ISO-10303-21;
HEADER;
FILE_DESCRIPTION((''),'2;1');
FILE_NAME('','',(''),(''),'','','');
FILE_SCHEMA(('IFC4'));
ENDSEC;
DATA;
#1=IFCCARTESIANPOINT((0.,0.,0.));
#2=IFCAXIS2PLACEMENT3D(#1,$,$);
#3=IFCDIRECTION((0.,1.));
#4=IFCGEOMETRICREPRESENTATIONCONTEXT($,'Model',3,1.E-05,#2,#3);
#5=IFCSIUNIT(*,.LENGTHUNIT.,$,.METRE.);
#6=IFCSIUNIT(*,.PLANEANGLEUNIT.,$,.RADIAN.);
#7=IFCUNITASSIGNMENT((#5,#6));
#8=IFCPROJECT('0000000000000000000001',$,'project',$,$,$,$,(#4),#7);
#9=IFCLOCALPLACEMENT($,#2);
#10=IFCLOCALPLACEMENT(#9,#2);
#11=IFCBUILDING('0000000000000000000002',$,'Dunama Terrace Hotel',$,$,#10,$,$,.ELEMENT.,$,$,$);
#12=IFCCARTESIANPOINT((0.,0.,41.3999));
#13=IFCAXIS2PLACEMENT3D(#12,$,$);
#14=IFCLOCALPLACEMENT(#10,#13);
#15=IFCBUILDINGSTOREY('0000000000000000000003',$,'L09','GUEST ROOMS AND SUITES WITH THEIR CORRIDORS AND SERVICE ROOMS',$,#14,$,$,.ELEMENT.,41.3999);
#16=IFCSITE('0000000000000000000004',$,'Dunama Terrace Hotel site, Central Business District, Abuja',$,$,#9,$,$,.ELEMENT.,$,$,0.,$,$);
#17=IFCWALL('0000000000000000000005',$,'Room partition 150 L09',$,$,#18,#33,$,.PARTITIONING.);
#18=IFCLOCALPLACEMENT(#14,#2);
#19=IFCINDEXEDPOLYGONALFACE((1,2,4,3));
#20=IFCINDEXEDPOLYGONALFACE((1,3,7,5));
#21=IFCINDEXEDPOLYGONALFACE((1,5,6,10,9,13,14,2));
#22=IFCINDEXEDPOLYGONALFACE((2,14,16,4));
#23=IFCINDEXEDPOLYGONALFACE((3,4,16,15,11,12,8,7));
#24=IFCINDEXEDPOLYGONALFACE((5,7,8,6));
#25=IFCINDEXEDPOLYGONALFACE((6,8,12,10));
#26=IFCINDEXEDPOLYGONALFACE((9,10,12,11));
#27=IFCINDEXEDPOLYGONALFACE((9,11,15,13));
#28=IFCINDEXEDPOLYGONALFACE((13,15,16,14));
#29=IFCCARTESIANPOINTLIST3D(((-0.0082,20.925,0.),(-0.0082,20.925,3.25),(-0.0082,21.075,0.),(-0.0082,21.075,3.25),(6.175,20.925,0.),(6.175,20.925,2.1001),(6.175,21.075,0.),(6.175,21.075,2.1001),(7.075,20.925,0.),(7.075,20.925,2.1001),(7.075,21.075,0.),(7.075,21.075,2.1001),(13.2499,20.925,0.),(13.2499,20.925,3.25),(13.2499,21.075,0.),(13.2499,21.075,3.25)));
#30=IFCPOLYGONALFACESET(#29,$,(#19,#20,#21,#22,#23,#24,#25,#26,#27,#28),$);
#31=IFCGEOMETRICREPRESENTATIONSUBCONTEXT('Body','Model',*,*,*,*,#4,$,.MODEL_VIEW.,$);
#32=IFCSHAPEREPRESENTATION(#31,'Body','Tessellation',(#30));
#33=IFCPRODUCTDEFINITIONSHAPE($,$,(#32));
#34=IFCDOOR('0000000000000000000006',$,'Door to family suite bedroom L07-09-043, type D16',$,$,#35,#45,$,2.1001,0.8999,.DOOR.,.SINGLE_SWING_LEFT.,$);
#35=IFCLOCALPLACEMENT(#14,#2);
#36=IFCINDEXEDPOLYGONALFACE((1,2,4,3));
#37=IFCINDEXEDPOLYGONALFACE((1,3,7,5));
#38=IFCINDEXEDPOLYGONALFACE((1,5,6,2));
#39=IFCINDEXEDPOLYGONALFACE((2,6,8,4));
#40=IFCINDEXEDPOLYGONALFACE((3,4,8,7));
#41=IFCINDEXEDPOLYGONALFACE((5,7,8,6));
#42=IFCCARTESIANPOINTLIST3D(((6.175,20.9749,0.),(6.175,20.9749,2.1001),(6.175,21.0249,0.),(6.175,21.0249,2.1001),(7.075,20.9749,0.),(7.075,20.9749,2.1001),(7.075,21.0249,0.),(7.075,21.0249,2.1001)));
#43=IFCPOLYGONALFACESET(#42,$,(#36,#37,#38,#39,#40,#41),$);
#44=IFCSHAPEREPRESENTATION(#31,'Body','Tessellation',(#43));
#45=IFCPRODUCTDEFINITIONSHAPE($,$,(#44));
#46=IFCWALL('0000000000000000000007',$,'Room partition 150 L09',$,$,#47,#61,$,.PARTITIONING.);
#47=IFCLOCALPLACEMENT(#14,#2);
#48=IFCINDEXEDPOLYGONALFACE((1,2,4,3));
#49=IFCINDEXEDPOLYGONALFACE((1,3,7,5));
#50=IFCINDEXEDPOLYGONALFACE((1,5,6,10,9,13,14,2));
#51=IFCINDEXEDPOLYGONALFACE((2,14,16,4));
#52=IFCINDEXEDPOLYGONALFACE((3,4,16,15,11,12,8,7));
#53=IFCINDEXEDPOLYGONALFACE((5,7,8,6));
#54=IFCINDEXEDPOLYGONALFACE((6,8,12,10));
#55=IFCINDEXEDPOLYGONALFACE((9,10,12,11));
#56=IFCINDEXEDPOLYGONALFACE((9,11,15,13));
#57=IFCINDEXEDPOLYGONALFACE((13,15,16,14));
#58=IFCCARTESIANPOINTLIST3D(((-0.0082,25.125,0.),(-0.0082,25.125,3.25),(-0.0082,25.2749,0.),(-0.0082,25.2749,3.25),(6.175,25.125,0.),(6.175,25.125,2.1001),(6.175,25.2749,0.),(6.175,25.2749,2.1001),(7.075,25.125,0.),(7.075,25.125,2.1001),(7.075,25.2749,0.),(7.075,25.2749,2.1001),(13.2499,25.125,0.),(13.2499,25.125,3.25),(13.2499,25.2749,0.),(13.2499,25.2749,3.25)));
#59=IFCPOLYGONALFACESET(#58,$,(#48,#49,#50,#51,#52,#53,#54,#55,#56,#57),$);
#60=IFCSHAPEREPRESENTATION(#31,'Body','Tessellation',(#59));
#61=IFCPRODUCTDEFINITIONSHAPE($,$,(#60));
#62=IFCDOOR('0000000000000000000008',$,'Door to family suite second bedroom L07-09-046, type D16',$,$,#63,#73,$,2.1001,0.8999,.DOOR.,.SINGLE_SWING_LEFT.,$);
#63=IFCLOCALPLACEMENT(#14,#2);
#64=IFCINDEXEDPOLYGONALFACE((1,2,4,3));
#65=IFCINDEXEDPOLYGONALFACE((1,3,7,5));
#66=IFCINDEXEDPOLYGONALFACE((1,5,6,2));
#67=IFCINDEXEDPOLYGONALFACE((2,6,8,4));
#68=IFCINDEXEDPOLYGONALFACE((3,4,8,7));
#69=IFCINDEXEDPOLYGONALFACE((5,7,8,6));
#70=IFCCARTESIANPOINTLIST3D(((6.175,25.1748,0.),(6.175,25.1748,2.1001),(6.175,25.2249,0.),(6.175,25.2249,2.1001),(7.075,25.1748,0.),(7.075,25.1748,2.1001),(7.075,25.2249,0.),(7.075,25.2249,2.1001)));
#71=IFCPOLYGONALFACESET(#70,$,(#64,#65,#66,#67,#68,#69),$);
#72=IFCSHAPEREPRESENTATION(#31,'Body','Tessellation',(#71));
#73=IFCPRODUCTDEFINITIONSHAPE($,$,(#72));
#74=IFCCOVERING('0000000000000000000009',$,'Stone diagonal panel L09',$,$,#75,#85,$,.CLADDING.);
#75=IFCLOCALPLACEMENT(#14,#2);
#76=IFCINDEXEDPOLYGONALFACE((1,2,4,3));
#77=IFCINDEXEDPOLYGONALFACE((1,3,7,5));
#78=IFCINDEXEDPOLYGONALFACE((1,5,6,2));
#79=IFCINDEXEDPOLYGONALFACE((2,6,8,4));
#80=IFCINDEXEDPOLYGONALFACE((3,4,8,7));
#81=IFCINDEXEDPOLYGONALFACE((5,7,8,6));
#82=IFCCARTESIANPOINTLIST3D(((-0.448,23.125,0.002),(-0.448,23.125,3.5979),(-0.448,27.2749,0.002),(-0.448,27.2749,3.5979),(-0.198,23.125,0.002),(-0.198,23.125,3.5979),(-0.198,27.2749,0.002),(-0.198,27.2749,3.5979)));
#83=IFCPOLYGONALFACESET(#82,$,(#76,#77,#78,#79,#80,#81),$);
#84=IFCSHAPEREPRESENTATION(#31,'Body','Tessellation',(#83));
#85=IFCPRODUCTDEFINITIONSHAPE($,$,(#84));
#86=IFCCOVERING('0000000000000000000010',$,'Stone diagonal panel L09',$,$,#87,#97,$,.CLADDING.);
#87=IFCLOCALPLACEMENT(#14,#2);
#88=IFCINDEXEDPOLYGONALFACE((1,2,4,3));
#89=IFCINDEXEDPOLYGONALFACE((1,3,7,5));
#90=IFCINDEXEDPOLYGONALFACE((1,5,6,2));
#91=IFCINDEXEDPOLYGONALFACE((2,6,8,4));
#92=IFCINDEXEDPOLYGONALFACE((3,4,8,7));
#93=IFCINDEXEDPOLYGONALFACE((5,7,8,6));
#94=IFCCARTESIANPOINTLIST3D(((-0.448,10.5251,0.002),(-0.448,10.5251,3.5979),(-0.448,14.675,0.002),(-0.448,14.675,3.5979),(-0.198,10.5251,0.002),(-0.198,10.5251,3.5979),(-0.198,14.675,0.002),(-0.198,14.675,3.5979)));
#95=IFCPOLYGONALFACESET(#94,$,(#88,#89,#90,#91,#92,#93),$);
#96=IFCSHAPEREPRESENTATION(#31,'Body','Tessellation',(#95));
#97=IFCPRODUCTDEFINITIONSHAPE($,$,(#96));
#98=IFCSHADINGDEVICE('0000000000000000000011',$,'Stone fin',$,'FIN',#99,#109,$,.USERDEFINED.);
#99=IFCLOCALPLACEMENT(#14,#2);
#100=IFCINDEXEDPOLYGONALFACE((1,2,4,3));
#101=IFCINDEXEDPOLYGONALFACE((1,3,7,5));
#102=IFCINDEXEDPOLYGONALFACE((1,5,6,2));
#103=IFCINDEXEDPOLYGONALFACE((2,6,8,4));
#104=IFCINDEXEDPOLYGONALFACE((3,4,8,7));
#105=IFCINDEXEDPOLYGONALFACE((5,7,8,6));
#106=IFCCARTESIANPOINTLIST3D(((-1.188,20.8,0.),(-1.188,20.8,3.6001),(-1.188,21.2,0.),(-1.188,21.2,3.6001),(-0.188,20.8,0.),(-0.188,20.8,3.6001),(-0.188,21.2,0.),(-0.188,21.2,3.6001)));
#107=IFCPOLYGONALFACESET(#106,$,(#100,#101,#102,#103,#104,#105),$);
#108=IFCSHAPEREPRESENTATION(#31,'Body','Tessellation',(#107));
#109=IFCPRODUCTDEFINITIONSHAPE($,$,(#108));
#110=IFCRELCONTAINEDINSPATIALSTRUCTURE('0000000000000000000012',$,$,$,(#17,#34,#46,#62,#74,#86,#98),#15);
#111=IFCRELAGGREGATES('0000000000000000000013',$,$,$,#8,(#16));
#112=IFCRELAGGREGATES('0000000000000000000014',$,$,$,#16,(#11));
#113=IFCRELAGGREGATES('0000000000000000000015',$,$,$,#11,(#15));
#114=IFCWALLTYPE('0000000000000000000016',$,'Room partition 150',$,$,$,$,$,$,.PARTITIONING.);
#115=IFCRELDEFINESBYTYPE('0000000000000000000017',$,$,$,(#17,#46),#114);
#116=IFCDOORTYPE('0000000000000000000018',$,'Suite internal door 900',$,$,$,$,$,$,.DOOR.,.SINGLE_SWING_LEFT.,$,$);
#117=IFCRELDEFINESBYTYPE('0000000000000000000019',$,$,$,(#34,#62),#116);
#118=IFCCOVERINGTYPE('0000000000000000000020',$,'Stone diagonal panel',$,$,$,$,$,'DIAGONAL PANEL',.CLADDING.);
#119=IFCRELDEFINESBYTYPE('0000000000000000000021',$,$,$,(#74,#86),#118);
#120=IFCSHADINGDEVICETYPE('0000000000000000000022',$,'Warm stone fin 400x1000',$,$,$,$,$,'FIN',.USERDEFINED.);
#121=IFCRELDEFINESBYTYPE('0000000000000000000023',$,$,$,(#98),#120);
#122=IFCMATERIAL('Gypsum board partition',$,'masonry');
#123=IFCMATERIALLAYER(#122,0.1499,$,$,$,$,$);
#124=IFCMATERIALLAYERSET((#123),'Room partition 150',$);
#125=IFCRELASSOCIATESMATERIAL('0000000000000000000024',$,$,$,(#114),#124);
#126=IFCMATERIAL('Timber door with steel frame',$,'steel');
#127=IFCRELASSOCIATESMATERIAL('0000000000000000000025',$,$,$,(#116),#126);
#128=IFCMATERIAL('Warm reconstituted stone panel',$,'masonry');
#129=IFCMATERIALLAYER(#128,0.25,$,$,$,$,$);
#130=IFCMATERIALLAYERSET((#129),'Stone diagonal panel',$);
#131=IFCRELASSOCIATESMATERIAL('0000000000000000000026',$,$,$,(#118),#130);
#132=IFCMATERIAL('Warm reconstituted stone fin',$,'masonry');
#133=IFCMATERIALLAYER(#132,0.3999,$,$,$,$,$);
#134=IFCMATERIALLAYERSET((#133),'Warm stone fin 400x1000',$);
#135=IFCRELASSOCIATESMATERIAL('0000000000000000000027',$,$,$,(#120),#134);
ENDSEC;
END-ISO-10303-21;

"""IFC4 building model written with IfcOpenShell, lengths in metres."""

from ifc_helpers import new_model, si_unit, direction, frame, frame_2d, origin, origin_2d, place, context, subcontext, project, spatial, rectangle, extrude, material, layer, layer_set, type_object, element, fill, save


model = new_model("IFC4")

# Units and contexts
model_context = context("Model", 3, precision=1e-05, world=origin(), true_north=direction((0.0, 1.0)))
body_context = subcontext(model_context, "Body", "Model", "MODEL_VIEW")
ifc_project = project(units=[si_unit("LENGTHUNIT", "METRE"), si_unit("PLANEANGLEUNIT", "RADIAN")], contexts=[model_context])

# Site, building, storey
site_placement = place(None, origin())
site = spatial("IfcSite", under=ifc_project, at=site_placement, Name="Dunama Terrace Hotel site, Central Business District, Abuja", CompositionType="ELEMENT", RefElevation=0.0)
building_placement = place(site_placement, origin())
building = spatial("IfcBuilding", under=site, at=building_placement, Name="Dunama Terrace Hotel", CompositionType="ELEMENT")
storey_placement = place(building_placement, frame((0.0, 0.0, 41.3999)))
storey = spatial("IfcBuildingStorey", under=building, at=storey_placement, Name="L09", Description="GUEST ROOMS AND SUITES WITH THEIR CORRIDORS AND SERVICE ROOMS", CompositionType="ELEMENT", Elevation=41.3999)

# Shared definitions
ifc_material_1 = material(Name="Gypsum board partition", Category="masonry")
ifc_layer_1 = layer(ifc_material_1, 0.1499)
ifc_layer_set_1 = layer_set([ifc_layer_1], Name="Room partition 150")
wall_type_1 = type_object("IfcWallType", Name="Room partition 150", PredefinedType="PARTITIONING", material=ifc_layer_set_1)

# Shared definitions
ifc_material_2 = material(Name="Timber door with steel frame", Category="steel")
door_type_1 = type_object("IfcDoorType", Name="Suite internal door 900", OperationType="SINGLE_SWING_LEFT", PredefinedType="DOOR", material=ifc_material_2)

# Walls, openings, doors
wall_1_placement = place(storey_placement, frame((-0.0081, 21.0, 0.0), z_axis=(0.0, 0.0, 1.0), x_axis=(1.0, 0.0, 0.0)))
wall_1 = element("IfcWall", 1, at=wall_1_placement, inside=storey, type_object=wall_type_1, Name="Room partition 150 L09", PredefinedType="PARTITIONING", context=body_context, shape_type="SweptSolid", body=[
    extrude(rectangle(XDim=13.2581, YDim=0.1499, at=frame_2d((6.6289, 0.0))), origin(), (0.0, 0.0, 1.0), 3.25),
])
opening_1_placement = place(wall_1_placement, frame((6.1831, 0.0, 0.0)))
opening_1 = element("IfcOpeningElement", 2, at=opening_1_placement, cuts=wall_1, PredefinedType="OPENING", context=body_context, shape_type="SweptSolid", body=[
    extrude(rectangle(XDim=0.8999, YDim=2.1001, at=frame_2d((0.45, 1.05))), frame((0.0, 0.085, 0.0), z_axis=(0.0, -1.0, 0.0), x_axis=(1.0, 0.0, 0.0)), (0.0, 0.0, 1.0), 0.1699),
])
door_1_placement = place(opening_1_placement, frame((0.8999, 0.0, 0.0), z_axis=(0.0, 0.0, 1.0), x_axis=(-1.0, 0.0, 0.0)))
door_1 = element("IfcDoor", 3, at=door_1_placement, inside=storey, type_object=door_type_1, Name="Door to family suite bedroom L07-09-043, type D16", OperationType="SINGLE_SWING_LEFT", OverallHeight=2.1001, OverallWidth=0.8999, PredefinedType="DOOR", context=body_context, shape_type="SweptSolid", body=[
    extrude(rectangle(XDim=0.8999, YDim=2.1001, at=frame_2d((0.45, 1.05))), frame((0.0, 0.0251, 0.0), z_axis=(0.0, -1.0, 0.0), x_axis=(1.0, 0.0, 0.0)), (0.0, 0.0, 1.0), 0.05),
])
fill(opening_1, door_1)
wall_2_placement = place(storey_placement, frame((-0.0081, 25.2, 0.0), z_axis=(0.0, 0.0, 1.0), x_axis=(1.0, 0.0, 0.0)))
wall_2 = element("IfcWall", 4, at=wall_2_placement, inside=storey, type_object=wall_type_1, Name="Room partition 150 L09", PredefinedType="PARTITIONING", context=body_context, shape_type="SweptSolid", body=[
    extrude(rectangle(XDim=13.2581, YDim=0.1499, at=frame_2d((6.6289, 0.0))), origin(), (0.0, 0.0, 1.0), 3.25),
])
opening_2_placement = place(wall_2_placement, frame((6.1831, 0.0, 0.0)))
opening_2 = element("IfcOpeningElement", 5, at=opening_2_placement, cuts=wall_2, PredefinedType="OPENING", context=body_context, shape_type="SweptSolid", body=[
    extrude(rectangle(XDim=0.8999, YDim=2.1001, at=frame_2d((0.45, 1.05))), frame((0.0, 0.085, 0.0), z_axis=(0.0, -1.0, 0.0), x_axis=(1.0, 0.0, 0.0)), (0.0, 0.0, 1.0), 0.1699),
])
door_2_placement = place(opening_2_placement, origin())
door_2 = element("IfcDoor", 6, at=door_2_placement, inside=storey, type_object=door_type_1, Name="Door to family suite second bedroom L07-09-046, type D16", OperationType="SINGLE_SWING_LEFT", OverallHeight=2.1001, OverallWidth=0.8999, PredefinedType="DOOR", context=body_context, shape_type="SweptSolid", body=[
    extrude(rectangle(XDim=0.8999, YDim=2.1001, at=frame_2d((0.45, 1.05))), frame((0.0, 0.0249, 0.0), z_axis=(0.0, -1.0, 0.0), x_axis=(1.0, 0.0, 0.0)), (0.0, 0.0, 1.0), 0.05),
])
fill(opening_2, door_2)

# Coverings
ifc_material_3 = material(Name="Warm reconstituted stone panel", Category="masonry")
ifc_layer_2 = layer(ifc_material_3, 0.25)
ifc_layer_set_2 = layer_set([ifc_layer_2], Name="Stone diagonal panel")
covering_type = type_object("IfcCoveringType", Name="Stone diagonal panel", ElementType="DIAGONAL PANEL", PredefinedType="CLADDING", material=ifc_layer_set_2)
for number, where, z_axis, x_axis, name in (
    (7, (-0.323, 25.2, 0.002), (0.0, 0.0, 1.0), (0.0, -1.0, 0.0), "Stone diagonal panel L09"),
    (8, (-0.323, 12.6001, 0.002), (0.0, 0.0, 1.0), (0.0, -1.0, 0.0), "Stone diagonal panel L09"),
):
    element("IfcCovering", number, at=place(storey_placement, frame(where, z_axis=z_axis, x_axis=x_axis)), inside=storey, type_object=covering_type, Name=name, PredefinedType="CLADDING", context=body_context, shape_type="SweptSolid", body=[
        extrude(rectangle(XDim=4.1499, YDim=0.25, at=origin_2d()), origin(), (0.0, 0.0, 1.0), 3.5959),
    ])

# Shading device
ifc_material_4 = material(Name="Warm reconstituted stone fin", Category="masonry")
ifc_layer_3 = layer(ifc_material_4, 0.3999)
ifc_layer_set_3 = layer_set([ifc_layer_3], Name="Warm stone fin 400x1000")
shading_device_type = type_object("IfcShadingDeviceType", Name="Warm stone fin 400x1000", ElementType="FIN", PredefinedType="USERDEFINED", material=ifc_layer_set_3)
shading_device_placement = place(storey_placement, frame((-0.688, 21.0, 0.0), z_axis=(0.0, 0.0, 1.0), x_axis=(0.0, -1.0, 0.0)))
element("IfcShadingDevice", 9, at=shading_device_placement, inside=storey, type_object=shading_device_type, Name="Stone fin", ObjectType="FIN", PredefinedType="USERDEFINED", context=body_context, shape_type="SweptSolid", body=[
    extrude(rectangle(XDim=0.3999, YDim=1.0, at=origin_2d()), origin(), (0.0, 0.0, 1.0), 3.6001),
])

save(model, "model.ifc")
